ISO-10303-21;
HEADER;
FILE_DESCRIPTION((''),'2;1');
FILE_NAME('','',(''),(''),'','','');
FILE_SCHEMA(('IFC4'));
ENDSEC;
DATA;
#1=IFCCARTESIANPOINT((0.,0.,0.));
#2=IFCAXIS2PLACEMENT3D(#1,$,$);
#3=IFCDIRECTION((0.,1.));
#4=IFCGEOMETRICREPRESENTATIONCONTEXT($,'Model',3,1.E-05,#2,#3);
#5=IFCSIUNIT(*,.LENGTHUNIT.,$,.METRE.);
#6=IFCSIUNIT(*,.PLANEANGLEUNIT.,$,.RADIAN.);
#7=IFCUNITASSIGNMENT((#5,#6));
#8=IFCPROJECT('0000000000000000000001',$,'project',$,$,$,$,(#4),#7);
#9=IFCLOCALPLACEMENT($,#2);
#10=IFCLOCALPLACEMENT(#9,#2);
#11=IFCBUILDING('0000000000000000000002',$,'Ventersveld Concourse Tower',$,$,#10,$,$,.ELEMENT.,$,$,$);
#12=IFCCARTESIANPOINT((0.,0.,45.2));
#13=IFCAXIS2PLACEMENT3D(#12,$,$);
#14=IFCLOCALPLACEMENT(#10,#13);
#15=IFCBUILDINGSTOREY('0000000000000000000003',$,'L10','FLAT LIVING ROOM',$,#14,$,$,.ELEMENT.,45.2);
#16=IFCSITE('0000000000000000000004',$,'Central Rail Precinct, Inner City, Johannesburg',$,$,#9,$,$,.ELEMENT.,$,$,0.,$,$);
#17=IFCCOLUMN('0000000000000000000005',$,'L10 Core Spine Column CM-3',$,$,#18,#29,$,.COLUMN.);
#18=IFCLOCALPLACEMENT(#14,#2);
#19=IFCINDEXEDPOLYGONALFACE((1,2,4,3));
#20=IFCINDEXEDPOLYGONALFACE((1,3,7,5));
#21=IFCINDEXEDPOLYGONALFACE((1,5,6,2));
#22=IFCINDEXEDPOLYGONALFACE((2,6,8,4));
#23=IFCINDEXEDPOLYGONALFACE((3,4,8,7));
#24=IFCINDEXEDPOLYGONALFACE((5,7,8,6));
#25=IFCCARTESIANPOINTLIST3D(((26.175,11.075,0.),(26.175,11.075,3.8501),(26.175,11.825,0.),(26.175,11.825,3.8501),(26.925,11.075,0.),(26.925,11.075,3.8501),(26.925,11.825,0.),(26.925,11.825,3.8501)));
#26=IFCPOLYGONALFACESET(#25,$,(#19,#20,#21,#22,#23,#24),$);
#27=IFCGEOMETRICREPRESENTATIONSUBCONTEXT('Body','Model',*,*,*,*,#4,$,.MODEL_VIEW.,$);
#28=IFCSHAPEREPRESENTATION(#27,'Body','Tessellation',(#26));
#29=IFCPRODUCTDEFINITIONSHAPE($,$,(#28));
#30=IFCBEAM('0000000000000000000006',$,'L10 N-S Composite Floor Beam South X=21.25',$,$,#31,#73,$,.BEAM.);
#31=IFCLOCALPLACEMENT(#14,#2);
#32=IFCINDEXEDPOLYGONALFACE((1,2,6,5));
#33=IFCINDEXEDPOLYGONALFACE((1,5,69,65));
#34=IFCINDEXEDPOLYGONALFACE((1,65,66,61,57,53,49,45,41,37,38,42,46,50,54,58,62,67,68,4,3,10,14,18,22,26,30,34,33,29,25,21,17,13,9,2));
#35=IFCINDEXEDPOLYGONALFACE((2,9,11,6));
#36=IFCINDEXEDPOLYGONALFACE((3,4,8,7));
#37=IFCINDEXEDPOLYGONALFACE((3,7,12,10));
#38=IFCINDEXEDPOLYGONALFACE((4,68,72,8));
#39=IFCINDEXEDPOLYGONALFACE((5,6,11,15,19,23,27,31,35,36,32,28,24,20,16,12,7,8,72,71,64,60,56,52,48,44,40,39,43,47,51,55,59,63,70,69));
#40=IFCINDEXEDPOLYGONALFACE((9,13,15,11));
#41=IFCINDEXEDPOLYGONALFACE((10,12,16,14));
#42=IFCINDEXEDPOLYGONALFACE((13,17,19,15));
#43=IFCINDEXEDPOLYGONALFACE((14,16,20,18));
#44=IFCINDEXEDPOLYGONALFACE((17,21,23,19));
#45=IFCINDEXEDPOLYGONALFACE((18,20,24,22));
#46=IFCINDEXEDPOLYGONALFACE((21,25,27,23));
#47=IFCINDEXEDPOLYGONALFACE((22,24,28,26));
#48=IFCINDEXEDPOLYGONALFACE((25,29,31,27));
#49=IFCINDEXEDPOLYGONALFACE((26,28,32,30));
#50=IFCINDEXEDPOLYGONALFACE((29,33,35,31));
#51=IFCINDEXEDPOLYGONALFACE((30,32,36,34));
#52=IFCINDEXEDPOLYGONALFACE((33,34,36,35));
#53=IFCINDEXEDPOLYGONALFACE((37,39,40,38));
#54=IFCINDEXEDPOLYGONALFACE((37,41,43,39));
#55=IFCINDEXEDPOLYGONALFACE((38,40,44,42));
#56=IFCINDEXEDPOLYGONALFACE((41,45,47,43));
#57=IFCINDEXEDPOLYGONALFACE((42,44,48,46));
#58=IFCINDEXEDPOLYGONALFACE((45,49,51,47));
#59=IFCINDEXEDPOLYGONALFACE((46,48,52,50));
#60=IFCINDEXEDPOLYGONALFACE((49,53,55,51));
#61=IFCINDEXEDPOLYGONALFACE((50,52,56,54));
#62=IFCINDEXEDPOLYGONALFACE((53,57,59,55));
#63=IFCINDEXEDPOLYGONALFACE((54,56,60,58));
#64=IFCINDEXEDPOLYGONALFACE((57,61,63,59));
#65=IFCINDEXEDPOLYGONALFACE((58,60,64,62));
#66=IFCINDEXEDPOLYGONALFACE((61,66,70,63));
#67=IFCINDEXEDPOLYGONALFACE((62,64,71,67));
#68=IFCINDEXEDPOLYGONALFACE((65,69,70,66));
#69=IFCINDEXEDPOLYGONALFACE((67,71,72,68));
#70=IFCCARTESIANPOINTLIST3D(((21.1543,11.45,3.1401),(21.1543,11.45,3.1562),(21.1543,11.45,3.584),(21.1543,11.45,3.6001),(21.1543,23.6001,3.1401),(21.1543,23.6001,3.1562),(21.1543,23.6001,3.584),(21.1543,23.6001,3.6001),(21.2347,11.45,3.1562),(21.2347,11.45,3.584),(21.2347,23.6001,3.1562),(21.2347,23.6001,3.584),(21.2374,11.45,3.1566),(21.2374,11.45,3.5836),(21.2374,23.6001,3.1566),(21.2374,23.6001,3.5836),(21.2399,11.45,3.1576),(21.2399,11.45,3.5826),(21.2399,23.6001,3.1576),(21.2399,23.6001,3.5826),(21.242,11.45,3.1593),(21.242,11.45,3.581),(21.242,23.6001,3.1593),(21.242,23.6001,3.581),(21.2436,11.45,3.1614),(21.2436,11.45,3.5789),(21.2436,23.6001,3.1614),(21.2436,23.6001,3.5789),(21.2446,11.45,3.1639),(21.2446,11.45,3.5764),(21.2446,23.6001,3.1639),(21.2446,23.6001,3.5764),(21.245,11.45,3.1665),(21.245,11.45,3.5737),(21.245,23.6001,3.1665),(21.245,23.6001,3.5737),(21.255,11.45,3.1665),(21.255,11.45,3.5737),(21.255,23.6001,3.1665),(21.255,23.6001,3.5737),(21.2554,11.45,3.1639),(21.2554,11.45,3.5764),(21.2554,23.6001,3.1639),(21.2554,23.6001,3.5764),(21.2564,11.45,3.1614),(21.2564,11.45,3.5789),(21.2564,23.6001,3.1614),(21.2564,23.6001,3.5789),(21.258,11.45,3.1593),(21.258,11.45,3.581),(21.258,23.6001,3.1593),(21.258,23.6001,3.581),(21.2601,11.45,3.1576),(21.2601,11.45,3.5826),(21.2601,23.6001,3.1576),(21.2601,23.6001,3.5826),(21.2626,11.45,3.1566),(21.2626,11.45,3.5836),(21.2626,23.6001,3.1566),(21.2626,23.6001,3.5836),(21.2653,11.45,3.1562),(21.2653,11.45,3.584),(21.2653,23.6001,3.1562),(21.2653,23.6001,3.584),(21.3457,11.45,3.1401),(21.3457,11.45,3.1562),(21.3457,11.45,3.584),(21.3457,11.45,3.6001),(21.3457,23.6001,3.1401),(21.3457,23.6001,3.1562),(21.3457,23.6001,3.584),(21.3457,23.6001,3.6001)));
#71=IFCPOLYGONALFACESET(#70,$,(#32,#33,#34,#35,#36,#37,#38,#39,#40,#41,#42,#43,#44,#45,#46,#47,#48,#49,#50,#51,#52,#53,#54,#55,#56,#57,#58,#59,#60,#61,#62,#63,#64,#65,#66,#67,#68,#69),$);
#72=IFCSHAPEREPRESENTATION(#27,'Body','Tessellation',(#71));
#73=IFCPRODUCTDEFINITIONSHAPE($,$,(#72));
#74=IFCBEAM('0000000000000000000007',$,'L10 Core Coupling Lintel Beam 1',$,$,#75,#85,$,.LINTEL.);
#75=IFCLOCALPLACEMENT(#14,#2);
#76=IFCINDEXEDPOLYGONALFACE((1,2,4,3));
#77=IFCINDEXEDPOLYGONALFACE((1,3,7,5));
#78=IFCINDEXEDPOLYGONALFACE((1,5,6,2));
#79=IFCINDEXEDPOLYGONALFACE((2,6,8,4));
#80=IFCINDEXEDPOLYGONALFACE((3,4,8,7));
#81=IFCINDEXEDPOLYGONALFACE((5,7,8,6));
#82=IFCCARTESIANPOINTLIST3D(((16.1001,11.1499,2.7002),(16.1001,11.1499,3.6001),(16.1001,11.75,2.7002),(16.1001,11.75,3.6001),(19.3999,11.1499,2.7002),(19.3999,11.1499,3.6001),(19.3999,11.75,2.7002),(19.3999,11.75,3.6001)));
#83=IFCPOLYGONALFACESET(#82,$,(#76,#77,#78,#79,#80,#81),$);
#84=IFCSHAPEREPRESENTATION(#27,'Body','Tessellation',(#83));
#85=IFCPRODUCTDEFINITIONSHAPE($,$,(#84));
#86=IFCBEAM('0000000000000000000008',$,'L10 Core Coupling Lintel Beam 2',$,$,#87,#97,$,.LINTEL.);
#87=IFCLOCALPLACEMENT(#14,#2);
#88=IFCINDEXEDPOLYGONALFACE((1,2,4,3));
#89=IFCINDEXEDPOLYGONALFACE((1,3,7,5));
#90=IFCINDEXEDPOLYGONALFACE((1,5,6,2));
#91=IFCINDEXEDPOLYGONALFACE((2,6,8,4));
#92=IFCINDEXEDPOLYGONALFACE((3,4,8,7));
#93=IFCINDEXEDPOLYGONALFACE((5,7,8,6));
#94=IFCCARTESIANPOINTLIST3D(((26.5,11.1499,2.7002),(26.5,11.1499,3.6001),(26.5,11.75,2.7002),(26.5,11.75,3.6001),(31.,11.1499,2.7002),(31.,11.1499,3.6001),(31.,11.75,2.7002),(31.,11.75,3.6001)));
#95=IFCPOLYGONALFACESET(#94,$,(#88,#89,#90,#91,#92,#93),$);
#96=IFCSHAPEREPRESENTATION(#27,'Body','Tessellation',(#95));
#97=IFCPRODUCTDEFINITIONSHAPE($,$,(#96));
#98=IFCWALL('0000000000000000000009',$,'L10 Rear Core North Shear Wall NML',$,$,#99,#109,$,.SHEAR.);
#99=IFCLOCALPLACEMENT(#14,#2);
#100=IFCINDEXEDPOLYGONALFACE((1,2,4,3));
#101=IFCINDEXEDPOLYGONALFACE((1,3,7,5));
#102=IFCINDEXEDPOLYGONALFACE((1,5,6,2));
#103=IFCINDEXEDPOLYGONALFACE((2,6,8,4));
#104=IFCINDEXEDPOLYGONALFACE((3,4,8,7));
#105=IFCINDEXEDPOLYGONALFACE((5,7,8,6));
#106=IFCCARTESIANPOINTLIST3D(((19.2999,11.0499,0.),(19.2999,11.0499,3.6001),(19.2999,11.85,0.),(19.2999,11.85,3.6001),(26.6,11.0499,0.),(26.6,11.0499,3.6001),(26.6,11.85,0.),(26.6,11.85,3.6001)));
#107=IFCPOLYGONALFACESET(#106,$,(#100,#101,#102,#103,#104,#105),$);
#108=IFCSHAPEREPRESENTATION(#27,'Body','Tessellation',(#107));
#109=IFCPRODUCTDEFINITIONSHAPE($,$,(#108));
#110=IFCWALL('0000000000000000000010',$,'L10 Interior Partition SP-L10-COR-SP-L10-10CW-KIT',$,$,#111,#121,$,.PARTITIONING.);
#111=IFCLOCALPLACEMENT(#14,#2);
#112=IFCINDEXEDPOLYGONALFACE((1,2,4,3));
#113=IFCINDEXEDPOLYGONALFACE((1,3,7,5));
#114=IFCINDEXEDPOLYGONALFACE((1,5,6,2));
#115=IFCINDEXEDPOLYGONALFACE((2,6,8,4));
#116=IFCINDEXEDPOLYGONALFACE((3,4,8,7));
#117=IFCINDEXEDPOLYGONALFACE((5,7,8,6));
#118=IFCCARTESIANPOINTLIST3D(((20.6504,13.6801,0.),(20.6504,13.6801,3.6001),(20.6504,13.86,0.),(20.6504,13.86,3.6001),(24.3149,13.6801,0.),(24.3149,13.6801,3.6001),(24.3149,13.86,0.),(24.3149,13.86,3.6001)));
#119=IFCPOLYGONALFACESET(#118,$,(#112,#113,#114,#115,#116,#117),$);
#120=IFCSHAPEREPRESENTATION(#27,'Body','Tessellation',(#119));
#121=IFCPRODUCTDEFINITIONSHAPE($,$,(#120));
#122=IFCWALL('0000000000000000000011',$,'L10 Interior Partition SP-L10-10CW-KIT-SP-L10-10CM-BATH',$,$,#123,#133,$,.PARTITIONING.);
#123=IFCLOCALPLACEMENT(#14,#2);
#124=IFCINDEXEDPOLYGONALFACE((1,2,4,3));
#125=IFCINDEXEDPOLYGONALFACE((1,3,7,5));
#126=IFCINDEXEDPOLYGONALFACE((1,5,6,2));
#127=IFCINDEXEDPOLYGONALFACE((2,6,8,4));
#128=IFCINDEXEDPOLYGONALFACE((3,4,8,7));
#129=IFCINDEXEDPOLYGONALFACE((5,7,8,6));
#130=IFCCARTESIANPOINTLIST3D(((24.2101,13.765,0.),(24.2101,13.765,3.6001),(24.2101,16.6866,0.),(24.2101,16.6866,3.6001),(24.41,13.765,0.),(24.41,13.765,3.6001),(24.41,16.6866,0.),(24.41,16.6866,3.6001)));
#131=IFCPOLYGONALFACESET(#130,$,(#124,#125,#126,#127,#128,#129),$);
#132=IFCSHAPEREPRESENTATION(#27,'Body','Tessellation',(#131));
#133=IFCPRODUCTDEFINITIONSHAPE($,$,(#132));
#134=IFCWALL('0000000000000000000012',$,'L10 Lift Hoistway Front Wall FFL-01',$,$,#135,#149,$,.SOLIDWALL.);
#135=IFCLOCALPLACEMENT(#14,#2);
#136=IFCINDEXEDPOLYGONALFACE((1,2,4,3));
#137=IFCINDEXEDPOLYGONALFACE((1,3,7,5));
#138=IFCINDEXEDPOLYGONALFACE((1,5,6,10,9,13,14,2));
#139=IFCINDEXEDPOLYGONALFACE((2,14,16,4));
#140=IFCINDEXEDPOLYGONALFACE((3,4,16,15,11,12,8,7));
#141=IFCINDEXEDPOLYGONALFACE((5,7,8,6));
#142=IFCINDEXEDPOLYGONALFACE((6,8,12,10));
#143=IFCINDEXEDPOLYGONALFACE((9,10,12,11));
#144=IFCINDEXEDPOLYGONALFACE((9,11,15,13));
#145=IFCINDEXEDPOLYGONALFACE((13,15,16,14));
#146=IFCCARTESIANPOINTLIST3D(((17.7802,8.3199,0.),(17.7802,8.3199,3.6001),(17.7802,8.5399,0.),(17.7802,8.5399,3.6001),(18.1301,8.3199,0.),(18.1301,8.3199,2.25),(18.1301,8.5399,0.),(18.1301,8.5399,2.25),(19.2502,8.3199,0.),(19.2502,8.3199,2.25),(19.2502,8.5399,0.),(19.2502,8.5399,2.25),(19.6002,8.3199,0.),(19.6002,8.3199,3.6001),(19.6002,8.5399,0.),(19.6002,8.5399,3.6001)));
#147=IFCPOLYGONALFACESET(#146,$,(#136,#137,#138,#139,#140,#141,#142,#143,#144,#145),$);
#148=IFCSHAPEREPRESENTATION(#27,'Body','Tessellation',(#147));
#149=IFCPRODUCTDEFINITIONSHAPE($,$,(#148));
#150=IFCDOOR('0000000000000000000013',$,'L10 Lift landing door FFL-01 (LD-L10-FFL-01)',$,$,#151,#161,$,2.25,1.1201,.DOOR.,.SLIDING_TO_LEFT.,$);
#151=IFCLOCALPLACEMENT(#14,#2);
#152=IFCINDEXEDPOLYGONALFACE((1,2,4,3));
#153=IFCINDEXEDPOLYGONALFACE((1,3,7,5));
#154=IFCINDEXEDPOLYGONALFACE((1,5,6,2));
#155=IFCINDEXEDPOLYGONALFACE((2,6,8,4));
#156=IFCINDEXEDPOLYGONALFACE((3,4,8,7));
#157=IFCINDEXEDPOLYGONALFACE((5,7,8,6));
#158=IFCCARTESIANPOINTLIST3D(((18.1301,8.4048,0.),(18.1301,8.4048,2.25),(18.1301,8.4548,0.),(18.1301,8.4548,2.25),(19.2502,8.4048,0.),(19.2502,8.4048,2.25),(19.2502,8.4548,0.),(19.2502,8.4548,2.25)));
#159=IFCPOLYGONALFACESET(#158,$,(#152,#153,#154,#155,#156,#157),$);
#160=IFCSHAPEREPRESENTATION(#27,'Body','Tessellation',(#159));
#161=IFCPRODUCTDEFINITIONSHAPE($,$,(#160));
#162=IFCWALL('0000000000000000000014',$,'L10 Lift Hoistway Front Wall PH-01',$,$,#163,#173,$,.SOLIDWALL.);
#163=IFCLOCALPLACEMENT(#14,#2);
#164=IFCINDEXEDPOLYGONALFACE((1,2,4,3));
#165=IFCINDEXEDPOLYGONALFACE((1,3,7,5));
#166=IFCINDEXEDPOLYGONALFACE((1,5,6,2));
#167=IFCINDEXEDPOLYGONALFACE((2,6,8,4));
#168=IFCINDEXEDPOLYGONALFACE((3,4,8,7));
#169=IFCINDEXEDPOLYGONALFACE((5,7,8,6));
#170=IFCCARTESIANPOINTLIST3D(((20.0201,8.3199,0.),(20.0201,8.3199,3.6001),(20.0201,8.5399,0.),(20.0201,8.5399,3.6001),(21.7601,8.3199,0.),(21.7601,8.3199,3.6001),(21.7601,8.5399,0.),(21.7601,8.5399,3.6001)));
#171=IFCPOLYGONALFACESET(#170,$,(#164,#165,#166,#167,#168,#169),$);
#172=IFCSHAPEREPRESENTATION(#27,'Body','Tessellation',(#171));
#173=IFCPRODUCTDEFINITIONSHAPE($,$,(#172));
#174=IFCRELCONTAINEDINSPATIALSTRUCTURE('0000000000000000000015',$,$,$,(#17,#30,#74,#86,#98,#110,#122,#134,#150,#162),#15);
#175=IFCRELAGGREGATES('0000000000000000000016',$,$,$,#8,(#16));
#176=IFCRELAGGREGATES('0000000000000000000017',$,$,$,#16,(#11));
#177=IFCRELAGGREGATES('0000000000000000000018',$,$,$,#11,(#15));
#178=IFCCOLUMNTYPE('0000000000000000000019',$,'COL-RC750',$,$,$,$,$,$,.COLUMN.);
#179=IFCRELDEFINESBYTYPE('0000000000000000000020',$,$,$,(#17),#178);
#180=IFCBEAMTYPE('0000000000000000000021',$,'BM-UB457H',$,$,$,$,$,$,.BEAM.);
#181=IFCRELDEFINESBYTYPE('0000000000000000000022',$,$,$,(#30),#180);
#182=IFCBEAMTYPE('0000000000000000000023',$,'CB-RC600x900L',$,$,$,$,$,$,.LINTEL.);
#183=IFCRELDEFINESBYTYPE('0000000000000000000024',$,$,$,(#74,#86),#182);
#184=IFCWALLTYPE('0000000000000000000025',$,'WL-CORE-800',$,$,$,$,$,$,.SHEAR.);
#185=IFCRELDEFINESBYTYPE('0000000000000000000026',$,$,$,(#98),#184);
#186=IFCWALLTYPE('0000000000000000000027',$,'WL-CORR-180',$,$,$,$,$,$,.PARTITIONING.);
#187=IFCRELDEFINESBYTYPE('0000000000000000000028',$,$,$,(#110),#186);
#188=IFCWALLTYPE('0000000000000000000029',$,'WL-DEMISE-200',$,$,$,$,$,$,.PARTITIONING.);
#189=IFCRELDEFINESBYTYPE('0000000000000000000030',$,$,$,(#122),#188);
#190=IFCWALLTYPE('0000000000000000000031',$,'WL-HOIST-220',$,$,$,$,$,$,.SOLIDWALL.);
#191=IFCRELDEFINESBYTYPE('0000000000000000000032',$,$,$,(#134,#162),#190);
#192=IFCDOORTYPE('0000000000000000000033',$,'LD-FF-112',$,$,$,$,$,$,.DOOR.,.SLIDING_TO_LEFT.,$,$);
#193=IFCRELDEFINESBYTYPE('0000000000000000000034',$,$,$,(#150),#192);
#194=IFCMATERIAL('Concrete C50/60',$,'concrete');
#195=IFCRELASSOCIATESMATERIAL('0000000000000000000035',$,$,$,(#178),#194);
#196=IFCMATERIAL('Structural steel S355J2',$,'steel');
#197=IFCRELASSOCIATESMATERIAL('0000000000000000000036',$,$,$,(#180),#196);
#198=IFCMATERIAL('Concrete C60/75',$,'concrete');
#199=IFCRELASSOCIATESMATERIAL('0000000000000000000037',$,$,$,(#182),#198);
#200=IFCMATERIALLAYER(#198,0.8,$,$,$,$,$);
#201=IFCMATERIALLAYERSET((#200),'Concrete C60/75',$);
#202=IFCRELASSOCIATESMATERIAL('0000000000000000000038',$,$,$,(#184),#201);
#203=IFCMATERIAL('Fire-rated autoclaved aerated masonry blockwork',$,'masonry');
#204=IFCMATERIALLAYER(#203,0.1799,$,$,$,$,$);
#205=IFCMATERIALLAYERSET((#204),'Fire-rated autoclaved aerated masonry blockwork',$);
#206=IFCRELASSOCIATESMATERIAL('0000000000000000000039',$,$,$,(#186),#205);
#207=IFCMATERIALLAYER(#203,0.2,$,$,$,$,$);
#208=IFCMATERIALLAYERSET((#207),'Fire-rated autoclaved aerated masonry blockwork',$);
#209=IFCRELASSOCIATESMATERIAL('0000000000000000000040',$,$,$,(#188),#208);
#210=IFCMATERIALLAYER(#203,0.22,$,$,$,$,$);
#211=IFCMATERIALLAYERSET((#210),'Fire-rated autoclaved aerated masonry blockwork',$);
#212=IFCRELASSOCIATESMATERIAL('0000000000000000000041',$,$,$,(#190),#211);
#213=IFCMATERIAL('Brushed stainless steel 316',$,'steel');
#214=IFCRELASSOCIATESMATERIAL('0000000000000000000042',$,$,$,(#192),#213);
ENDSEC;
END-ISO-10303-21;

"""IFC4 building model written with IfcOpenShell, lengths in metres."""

from ifc_helpers import new_model, si_unit, direction, frame, frame_2d, origin, origin_2d, place, context, subcontext, project, spatial, rectangle, i_section, extrude, material, layer, layer_set, material_profile, profile_set, type_object, element, fill, save


model = new_model("IFC4")

# Units and contexts
model_context = context("Model", 3, precision=1e-05, world=origin(), true_north=direction((0.0, 1.0)))
body_context = subcontext(model_context, "Body", "Model", "MODEL_VIEW")
ifc_project = project(units=[si_unit("LENGTHUNIT", "METRE"), si_unit("PLANEANGLEUNIT", "RADIAN")], contexts=[model_context])

# Site, building, storey
site_placement = place(None, origin())
site = spatial("IfcSite", under=ifc_project, at=site_placement, Name="Central Rail Precinct, Inner City, Johannesburg", CompositionType="ELEMENT", RefElevation=0.0)
building_placement = place(site_placement, origin())
building = spatial("IfcBuilding", under=site, at=building_placement, Name="Ventersveld Concourse Tower", CompositionType="ELEMENT")
storey_placement = place(building_placement, frame((0.0, 0.0, 45.2)))
storey = spatial("IfcBuildingStorey", under=building, at=storey_placement, Name="L10", Description="FLAT LIVING ROOM", CompositionType="ELEMENT", Elevation=45.2)

# Column
ifc_material_1 = material(Name="Concrete C50/60", Category="concrete")
ifc_material_profile_1 = material_profile(ifc_material_1, rectangle(XDim=0.75, YDim=0.75, at=origin_2d()), Name="RC 750x750")
ifc_profile_set_1 = profile_set([ifc_material_profile_1], Name="Concrete C50/60")
column_type = type_object("IfcColumnType", Name="COL-RC750", PredefinedType="COLUMN", material=ifc_profile_set_1)
column_placement = place(storey_placement, frame((26.55, 11.45, 0.0), z_axis=(0.0, 0.0, 1.0), x_axis=(1.0, 0.0, 0.0)))
element("IfcColumn", 1, at=column_placement, inside=storey, type_object=column_type, Name="L10 Core Spine Column CM-3", PredefinedType="COLUMN", context=body_context, shape_type="SweptSolid", body=[
    extrude(rectangle(XDim=0.75, YDim=0.75, at=origin_2d()), origin(), (0.0, 0.0, 1.0), 3.8501),
])

# Beams
ifc_material_2 = material(Name="Structural steel S355J2", Category="steel")
ifc_material_profile_2 = material_profile(ifc_material_2, i_section(OverallWidth=0.1914, OverallDepth=0.46, WebThickness=0.01, FlangeThickness=0.0161, FilletRadius=0.0103, at=origin_2d()), Name="UB 457x191x82")
ifc_profile_set_2 = profile_set([ifc_material_profile_2], Name="Structural steel S355J2")
beam_type_1 = type_object("IfcBeamType", Name="BM-UB457H", PredefinedType="BEAM", material=ifc_profile_set_2)
beam_1_placement = place(storey_placement, frame((21.25, 11.45, 3.3701), z_axis=(0.0, 1.0, 0.0), x_axis=(-1.0, 0.0, 0.0)))
element("IfcBeam", 2, at=beam_1_placement, inside=storey, type_object=beam_type_1, Name="L10 N-S Composite Floor Beam South X=21.25", PredefinedType="BEAM", context=body_context, shape_type="SweptSolid", body=[
    extrude(i_section(OverallWidth=0.1914, OverallDepth=0.46, WebThickness=0.01, FlangeThickness=0.0161, FilletRadius=0.0103, at=origin_2d()), origin(), (0.0, 0.0, 1.0), 12.1501),
])
ifc_material_3 = material(Name="Concrete C60/75", Category="concrete")
ifc_material_profile_3 = material_profile(ifc_material_3, rectangle(XDim=0.6001, YDim=0.8999, at=origin_2d()), Name="RC 600x900")
ifc_profile_set_3 = profile_set([ifc_material_profile_3], Name="Concrete C60/75")
beam_type_2 = type_object("IfcBeamType", Name="CB-RC600x900L", PredefinedType="LINTEL", material=ifc_profile_set_3)
beam_2_placement = place(storey_placement, frame((16.1001, 11.45, 3.1501), z_axis=(1.0, 0.0, 0.0), x_axis=(0.0, 1.0, 0.0)))
element("IfcBeam", 3, at=beam_2_placement, inside=storey, type_object=beam_type_2, Name="L10 Core Coupling Lintel Beam 1", PredefinedType="LINTEL", context=body_context, shape_type="SweptSolid", body=[
    extrude(rectangle(XDim=0.6001, YDim=0.8999, at=origin_2d()), origin(), (0.0, 0.0, 1.0), 3.2998),
])
beam_3_placement = place(storey_placement, frame((26.5, 11.45, 3.1501), z_axis=(1.0, 0.0, 0.0), x_axis=(0.0, 1.0, 0.0)))
element("IfcBeam", 4, at=beam_3_placement, inside=storey, type_object=beam_type_2, Name="L10 Core Coupling Lintel Beam 2", PredefinedType="LINTEL", context=body_context, shape_type="SweptSolid", body=[
    extrude(rectangle(XDim=0.6001, YDim=0.8999, at=origin_2d()), origin(), (0.0, 0.0, 1.0), 4.5),
])

# Wall
ifc_layer_1 = layer(ifc_material_3, 0.8)
ifc_layer_set_1 = layer_set([ifc_layer_1], Name="Concrete C60/75")
wall_type_1 = type_object("IfcWallType", Name="WL-CORE-800", PredefinedType="SHEAR", material=ifc_layer_set_1)
wall_1_placement = place(storey_placement, frame((19.3, 11.45, 0.0), z_axis=(0.0, 0.0, 1.0), x_axis=(1.0, 0.0, 0.0)))
element("IfcWall", 5, at=wall_1_placement, inside=storey, type_object=wall_type_1, Name="L10 Rear Core North Shear Wall NML", PredefinedType="SHEAR", context=body_context, shape_type="SweptSolid", body=[
    extrude(rectangle(XDim=7.3, YDim=0.8, at=frame_2d((3.6499, 0.0))), origin(), (0.0, 0.0, 1.0), 3.6001),
])

# Shared definitions
ifc_material_4 = material(Name="Fire-rated autoclaved aerated masonry blockwork", Category="masonry")
ifc_layer_2 = layer(ifc_material_4, 0.1799)
ifc_layer_set_2 = layer_set([ifc_layer_2], Name="Fire-rated autoclaved aerated masonry blockwork")
wall_type_2 = type_object("IfcWallType", Name="WL-CORR-180", PredefinedType="PARTITIONING", material=ifc_layer_set_2)

# Walls
wall_2_placement = place(storey_placement, frame((20.6504, 13.77, 0.0), z_axis=(0.0, 0.0, 1.0), x_axis=(1.0, 0.0, 0.0)))
element("IfcWall", 6, at=wall_2_placement, inside=storey, type_object=wall_type_2, Name="L10 Interior Partition SP-L10-COR-SP-L10-10CW-KIT", PredefinedType="PARTITIONING", context=body_context, shape_type="SweptSolid", body=[
    extrude(rectangle(XDim=3.6646, YDim=0.1799, at=frame_2d((1.8323, 0.0))), origin(), (0.0, 0.0, 1.0), 3.6001),
])
ifc_layer_3 = layer(ifc_material_4, 0.2)
ifc_layer_set_3 = layer_set([ifc_layer_3], Name="Fire-rated autoclaved aerated masonry blockwork")
wall_type_3 = type_object("IfcWallType", Name="WL-DEMISE-200", PredefinedType="PARTITIONING", material=ifc_layer_set_3)
wall_3_placement = place(storey_placement, frame((24.3101, 13.7649, 0.0), z_axis=(0.0, 0.0, 1.0), x_axis=(0.0, 1.0, 0.0)))
element("IfcWall", 7, at=wall_3_placement, inside=storey, type_object=wall_type_3, Name="L10 Interior Partition SP-L10-10CW-KIT-SP-L10-10CM-BATH", PredefinedType="PARTITIONING", context=body_context, shape_type="SweptSolid", body=[
    extrude(rectangle(XDim=2.9216, YDim=0.2, at=frame_2d((1.4609, 0.0))), origin(), (0.0, 0.0, 1.0), 3.6001),
])

# Wall, opening, door
ifc_layer_4 = layer(ifc_material_4, 0.22)
ifc_layer_set_4 = layer_set([ifc_layer_4], Name="Fire-rated autoclaved aerated masonry blockwork")
wall_type_4 = type_object("IfcWallType", Name="WL-HOIST-220", PredefinedType="SOLIDWALL", material=ifc_layer_set_4)
wall_4_placement = place(storey_placement, frame((17.78, 8.4299, 0.0), z_axis=(0.0, 0.0, 1.0), x_axis=(1.0, 0.0, 0.0)))
wall_4 = element("IfcWall", 8, at=wall_4_placement, inside=storey, type_object=wall_type_4, Name="L10 Lift Hoistway Front Wall FFL-01", PredefinedType="SOLIDWALL", context=body_context, shape_type="SweptSolid", body=[
    extrude(rectangle(XDim=1.8201, YDim=0.22, at=frame_2d((0.9102, 0.0))), origin(), (0.0, 0.0, 1.0), 3.6001),
])
opening_1_placement = place(wall_4_placement, frame((0.3501, 0.0, 0.0)))
opening_1 = element("IfcOpeningElement", 9, at=opening_1_placement, cuts=wall_4, PredefinedType="OPENING", context=body_context, shape_type="SweptSolid", body=[
    extrude(rectangle(XDim=1.1201, YDim=2.25, at=frame_2d((0.5601, 1.125))), frame((0.0, 0.1201, 0.0), z_axis=(0.0, -1.0, 0.0), x_axis=(1.0, 0.0, 0.0)), (0.0, 0.0, 1.0), 0.24),
])
ifc_material_5 = material(Name="Brushed stainless steel 316", Category="steel")
door_type_1 = type_object("IfcDoorType", Name="LD-FF-112", OperationType="SLIDING_TO_LEFT", PredefinedType="DOOR", material=ifc_material_5)
door_1_placement = place(opening_1_placement, origin())
door_1 = element("IfcDoor", 10, at=door_1_placement, inside=storey, type_object=door_type_1, Name="L10 Lift landing door FFL-01 (LD-L10-FFL-01)", OperationType="SLIDING_TO_LEFT", OverallHeight=2.25, OverallWidth=1.1201, PredefinedType="DOOR", context=body_context, shape_type="SweptSolid", body=[
    extrude(rectangle(XDim=1.1201, YDim=2.25, at=frame_2d((0.5601, 1.125))), frame((0.0, 0.0249, 0.0), z_axis=(0.0, -1.0, 0.0), x_axis=(1.0, 0.0, 0.0)), (0.0, 0.0, 1.0), 0.05),
])
fill(opening_1, door_1)

# Wall
wall_5_placement = place(storey_placement, frame((20.02, 8.4299, 0.0), z_axis=(0.0, 0.0, 1.0), x_axis=(1.0, 0.0, 0.0)))
element("IfcWall", 11, at=wall_5_placement, inside=storey, type_object=wall_type_4, Name="L10 Lift Hoistway Front Wall PH-01", PredefinedType="SOLIDWALL", context=body_context, shape_type="SweptSolid", body=[
    extrude(rectangle(XDim=1.74, YDim=0.22, at=frame_2d((0.8701, 0.0))), origin(), (0.0, 0.0, 1.0), 3.6001),
])

save(model, "model.ifc")
